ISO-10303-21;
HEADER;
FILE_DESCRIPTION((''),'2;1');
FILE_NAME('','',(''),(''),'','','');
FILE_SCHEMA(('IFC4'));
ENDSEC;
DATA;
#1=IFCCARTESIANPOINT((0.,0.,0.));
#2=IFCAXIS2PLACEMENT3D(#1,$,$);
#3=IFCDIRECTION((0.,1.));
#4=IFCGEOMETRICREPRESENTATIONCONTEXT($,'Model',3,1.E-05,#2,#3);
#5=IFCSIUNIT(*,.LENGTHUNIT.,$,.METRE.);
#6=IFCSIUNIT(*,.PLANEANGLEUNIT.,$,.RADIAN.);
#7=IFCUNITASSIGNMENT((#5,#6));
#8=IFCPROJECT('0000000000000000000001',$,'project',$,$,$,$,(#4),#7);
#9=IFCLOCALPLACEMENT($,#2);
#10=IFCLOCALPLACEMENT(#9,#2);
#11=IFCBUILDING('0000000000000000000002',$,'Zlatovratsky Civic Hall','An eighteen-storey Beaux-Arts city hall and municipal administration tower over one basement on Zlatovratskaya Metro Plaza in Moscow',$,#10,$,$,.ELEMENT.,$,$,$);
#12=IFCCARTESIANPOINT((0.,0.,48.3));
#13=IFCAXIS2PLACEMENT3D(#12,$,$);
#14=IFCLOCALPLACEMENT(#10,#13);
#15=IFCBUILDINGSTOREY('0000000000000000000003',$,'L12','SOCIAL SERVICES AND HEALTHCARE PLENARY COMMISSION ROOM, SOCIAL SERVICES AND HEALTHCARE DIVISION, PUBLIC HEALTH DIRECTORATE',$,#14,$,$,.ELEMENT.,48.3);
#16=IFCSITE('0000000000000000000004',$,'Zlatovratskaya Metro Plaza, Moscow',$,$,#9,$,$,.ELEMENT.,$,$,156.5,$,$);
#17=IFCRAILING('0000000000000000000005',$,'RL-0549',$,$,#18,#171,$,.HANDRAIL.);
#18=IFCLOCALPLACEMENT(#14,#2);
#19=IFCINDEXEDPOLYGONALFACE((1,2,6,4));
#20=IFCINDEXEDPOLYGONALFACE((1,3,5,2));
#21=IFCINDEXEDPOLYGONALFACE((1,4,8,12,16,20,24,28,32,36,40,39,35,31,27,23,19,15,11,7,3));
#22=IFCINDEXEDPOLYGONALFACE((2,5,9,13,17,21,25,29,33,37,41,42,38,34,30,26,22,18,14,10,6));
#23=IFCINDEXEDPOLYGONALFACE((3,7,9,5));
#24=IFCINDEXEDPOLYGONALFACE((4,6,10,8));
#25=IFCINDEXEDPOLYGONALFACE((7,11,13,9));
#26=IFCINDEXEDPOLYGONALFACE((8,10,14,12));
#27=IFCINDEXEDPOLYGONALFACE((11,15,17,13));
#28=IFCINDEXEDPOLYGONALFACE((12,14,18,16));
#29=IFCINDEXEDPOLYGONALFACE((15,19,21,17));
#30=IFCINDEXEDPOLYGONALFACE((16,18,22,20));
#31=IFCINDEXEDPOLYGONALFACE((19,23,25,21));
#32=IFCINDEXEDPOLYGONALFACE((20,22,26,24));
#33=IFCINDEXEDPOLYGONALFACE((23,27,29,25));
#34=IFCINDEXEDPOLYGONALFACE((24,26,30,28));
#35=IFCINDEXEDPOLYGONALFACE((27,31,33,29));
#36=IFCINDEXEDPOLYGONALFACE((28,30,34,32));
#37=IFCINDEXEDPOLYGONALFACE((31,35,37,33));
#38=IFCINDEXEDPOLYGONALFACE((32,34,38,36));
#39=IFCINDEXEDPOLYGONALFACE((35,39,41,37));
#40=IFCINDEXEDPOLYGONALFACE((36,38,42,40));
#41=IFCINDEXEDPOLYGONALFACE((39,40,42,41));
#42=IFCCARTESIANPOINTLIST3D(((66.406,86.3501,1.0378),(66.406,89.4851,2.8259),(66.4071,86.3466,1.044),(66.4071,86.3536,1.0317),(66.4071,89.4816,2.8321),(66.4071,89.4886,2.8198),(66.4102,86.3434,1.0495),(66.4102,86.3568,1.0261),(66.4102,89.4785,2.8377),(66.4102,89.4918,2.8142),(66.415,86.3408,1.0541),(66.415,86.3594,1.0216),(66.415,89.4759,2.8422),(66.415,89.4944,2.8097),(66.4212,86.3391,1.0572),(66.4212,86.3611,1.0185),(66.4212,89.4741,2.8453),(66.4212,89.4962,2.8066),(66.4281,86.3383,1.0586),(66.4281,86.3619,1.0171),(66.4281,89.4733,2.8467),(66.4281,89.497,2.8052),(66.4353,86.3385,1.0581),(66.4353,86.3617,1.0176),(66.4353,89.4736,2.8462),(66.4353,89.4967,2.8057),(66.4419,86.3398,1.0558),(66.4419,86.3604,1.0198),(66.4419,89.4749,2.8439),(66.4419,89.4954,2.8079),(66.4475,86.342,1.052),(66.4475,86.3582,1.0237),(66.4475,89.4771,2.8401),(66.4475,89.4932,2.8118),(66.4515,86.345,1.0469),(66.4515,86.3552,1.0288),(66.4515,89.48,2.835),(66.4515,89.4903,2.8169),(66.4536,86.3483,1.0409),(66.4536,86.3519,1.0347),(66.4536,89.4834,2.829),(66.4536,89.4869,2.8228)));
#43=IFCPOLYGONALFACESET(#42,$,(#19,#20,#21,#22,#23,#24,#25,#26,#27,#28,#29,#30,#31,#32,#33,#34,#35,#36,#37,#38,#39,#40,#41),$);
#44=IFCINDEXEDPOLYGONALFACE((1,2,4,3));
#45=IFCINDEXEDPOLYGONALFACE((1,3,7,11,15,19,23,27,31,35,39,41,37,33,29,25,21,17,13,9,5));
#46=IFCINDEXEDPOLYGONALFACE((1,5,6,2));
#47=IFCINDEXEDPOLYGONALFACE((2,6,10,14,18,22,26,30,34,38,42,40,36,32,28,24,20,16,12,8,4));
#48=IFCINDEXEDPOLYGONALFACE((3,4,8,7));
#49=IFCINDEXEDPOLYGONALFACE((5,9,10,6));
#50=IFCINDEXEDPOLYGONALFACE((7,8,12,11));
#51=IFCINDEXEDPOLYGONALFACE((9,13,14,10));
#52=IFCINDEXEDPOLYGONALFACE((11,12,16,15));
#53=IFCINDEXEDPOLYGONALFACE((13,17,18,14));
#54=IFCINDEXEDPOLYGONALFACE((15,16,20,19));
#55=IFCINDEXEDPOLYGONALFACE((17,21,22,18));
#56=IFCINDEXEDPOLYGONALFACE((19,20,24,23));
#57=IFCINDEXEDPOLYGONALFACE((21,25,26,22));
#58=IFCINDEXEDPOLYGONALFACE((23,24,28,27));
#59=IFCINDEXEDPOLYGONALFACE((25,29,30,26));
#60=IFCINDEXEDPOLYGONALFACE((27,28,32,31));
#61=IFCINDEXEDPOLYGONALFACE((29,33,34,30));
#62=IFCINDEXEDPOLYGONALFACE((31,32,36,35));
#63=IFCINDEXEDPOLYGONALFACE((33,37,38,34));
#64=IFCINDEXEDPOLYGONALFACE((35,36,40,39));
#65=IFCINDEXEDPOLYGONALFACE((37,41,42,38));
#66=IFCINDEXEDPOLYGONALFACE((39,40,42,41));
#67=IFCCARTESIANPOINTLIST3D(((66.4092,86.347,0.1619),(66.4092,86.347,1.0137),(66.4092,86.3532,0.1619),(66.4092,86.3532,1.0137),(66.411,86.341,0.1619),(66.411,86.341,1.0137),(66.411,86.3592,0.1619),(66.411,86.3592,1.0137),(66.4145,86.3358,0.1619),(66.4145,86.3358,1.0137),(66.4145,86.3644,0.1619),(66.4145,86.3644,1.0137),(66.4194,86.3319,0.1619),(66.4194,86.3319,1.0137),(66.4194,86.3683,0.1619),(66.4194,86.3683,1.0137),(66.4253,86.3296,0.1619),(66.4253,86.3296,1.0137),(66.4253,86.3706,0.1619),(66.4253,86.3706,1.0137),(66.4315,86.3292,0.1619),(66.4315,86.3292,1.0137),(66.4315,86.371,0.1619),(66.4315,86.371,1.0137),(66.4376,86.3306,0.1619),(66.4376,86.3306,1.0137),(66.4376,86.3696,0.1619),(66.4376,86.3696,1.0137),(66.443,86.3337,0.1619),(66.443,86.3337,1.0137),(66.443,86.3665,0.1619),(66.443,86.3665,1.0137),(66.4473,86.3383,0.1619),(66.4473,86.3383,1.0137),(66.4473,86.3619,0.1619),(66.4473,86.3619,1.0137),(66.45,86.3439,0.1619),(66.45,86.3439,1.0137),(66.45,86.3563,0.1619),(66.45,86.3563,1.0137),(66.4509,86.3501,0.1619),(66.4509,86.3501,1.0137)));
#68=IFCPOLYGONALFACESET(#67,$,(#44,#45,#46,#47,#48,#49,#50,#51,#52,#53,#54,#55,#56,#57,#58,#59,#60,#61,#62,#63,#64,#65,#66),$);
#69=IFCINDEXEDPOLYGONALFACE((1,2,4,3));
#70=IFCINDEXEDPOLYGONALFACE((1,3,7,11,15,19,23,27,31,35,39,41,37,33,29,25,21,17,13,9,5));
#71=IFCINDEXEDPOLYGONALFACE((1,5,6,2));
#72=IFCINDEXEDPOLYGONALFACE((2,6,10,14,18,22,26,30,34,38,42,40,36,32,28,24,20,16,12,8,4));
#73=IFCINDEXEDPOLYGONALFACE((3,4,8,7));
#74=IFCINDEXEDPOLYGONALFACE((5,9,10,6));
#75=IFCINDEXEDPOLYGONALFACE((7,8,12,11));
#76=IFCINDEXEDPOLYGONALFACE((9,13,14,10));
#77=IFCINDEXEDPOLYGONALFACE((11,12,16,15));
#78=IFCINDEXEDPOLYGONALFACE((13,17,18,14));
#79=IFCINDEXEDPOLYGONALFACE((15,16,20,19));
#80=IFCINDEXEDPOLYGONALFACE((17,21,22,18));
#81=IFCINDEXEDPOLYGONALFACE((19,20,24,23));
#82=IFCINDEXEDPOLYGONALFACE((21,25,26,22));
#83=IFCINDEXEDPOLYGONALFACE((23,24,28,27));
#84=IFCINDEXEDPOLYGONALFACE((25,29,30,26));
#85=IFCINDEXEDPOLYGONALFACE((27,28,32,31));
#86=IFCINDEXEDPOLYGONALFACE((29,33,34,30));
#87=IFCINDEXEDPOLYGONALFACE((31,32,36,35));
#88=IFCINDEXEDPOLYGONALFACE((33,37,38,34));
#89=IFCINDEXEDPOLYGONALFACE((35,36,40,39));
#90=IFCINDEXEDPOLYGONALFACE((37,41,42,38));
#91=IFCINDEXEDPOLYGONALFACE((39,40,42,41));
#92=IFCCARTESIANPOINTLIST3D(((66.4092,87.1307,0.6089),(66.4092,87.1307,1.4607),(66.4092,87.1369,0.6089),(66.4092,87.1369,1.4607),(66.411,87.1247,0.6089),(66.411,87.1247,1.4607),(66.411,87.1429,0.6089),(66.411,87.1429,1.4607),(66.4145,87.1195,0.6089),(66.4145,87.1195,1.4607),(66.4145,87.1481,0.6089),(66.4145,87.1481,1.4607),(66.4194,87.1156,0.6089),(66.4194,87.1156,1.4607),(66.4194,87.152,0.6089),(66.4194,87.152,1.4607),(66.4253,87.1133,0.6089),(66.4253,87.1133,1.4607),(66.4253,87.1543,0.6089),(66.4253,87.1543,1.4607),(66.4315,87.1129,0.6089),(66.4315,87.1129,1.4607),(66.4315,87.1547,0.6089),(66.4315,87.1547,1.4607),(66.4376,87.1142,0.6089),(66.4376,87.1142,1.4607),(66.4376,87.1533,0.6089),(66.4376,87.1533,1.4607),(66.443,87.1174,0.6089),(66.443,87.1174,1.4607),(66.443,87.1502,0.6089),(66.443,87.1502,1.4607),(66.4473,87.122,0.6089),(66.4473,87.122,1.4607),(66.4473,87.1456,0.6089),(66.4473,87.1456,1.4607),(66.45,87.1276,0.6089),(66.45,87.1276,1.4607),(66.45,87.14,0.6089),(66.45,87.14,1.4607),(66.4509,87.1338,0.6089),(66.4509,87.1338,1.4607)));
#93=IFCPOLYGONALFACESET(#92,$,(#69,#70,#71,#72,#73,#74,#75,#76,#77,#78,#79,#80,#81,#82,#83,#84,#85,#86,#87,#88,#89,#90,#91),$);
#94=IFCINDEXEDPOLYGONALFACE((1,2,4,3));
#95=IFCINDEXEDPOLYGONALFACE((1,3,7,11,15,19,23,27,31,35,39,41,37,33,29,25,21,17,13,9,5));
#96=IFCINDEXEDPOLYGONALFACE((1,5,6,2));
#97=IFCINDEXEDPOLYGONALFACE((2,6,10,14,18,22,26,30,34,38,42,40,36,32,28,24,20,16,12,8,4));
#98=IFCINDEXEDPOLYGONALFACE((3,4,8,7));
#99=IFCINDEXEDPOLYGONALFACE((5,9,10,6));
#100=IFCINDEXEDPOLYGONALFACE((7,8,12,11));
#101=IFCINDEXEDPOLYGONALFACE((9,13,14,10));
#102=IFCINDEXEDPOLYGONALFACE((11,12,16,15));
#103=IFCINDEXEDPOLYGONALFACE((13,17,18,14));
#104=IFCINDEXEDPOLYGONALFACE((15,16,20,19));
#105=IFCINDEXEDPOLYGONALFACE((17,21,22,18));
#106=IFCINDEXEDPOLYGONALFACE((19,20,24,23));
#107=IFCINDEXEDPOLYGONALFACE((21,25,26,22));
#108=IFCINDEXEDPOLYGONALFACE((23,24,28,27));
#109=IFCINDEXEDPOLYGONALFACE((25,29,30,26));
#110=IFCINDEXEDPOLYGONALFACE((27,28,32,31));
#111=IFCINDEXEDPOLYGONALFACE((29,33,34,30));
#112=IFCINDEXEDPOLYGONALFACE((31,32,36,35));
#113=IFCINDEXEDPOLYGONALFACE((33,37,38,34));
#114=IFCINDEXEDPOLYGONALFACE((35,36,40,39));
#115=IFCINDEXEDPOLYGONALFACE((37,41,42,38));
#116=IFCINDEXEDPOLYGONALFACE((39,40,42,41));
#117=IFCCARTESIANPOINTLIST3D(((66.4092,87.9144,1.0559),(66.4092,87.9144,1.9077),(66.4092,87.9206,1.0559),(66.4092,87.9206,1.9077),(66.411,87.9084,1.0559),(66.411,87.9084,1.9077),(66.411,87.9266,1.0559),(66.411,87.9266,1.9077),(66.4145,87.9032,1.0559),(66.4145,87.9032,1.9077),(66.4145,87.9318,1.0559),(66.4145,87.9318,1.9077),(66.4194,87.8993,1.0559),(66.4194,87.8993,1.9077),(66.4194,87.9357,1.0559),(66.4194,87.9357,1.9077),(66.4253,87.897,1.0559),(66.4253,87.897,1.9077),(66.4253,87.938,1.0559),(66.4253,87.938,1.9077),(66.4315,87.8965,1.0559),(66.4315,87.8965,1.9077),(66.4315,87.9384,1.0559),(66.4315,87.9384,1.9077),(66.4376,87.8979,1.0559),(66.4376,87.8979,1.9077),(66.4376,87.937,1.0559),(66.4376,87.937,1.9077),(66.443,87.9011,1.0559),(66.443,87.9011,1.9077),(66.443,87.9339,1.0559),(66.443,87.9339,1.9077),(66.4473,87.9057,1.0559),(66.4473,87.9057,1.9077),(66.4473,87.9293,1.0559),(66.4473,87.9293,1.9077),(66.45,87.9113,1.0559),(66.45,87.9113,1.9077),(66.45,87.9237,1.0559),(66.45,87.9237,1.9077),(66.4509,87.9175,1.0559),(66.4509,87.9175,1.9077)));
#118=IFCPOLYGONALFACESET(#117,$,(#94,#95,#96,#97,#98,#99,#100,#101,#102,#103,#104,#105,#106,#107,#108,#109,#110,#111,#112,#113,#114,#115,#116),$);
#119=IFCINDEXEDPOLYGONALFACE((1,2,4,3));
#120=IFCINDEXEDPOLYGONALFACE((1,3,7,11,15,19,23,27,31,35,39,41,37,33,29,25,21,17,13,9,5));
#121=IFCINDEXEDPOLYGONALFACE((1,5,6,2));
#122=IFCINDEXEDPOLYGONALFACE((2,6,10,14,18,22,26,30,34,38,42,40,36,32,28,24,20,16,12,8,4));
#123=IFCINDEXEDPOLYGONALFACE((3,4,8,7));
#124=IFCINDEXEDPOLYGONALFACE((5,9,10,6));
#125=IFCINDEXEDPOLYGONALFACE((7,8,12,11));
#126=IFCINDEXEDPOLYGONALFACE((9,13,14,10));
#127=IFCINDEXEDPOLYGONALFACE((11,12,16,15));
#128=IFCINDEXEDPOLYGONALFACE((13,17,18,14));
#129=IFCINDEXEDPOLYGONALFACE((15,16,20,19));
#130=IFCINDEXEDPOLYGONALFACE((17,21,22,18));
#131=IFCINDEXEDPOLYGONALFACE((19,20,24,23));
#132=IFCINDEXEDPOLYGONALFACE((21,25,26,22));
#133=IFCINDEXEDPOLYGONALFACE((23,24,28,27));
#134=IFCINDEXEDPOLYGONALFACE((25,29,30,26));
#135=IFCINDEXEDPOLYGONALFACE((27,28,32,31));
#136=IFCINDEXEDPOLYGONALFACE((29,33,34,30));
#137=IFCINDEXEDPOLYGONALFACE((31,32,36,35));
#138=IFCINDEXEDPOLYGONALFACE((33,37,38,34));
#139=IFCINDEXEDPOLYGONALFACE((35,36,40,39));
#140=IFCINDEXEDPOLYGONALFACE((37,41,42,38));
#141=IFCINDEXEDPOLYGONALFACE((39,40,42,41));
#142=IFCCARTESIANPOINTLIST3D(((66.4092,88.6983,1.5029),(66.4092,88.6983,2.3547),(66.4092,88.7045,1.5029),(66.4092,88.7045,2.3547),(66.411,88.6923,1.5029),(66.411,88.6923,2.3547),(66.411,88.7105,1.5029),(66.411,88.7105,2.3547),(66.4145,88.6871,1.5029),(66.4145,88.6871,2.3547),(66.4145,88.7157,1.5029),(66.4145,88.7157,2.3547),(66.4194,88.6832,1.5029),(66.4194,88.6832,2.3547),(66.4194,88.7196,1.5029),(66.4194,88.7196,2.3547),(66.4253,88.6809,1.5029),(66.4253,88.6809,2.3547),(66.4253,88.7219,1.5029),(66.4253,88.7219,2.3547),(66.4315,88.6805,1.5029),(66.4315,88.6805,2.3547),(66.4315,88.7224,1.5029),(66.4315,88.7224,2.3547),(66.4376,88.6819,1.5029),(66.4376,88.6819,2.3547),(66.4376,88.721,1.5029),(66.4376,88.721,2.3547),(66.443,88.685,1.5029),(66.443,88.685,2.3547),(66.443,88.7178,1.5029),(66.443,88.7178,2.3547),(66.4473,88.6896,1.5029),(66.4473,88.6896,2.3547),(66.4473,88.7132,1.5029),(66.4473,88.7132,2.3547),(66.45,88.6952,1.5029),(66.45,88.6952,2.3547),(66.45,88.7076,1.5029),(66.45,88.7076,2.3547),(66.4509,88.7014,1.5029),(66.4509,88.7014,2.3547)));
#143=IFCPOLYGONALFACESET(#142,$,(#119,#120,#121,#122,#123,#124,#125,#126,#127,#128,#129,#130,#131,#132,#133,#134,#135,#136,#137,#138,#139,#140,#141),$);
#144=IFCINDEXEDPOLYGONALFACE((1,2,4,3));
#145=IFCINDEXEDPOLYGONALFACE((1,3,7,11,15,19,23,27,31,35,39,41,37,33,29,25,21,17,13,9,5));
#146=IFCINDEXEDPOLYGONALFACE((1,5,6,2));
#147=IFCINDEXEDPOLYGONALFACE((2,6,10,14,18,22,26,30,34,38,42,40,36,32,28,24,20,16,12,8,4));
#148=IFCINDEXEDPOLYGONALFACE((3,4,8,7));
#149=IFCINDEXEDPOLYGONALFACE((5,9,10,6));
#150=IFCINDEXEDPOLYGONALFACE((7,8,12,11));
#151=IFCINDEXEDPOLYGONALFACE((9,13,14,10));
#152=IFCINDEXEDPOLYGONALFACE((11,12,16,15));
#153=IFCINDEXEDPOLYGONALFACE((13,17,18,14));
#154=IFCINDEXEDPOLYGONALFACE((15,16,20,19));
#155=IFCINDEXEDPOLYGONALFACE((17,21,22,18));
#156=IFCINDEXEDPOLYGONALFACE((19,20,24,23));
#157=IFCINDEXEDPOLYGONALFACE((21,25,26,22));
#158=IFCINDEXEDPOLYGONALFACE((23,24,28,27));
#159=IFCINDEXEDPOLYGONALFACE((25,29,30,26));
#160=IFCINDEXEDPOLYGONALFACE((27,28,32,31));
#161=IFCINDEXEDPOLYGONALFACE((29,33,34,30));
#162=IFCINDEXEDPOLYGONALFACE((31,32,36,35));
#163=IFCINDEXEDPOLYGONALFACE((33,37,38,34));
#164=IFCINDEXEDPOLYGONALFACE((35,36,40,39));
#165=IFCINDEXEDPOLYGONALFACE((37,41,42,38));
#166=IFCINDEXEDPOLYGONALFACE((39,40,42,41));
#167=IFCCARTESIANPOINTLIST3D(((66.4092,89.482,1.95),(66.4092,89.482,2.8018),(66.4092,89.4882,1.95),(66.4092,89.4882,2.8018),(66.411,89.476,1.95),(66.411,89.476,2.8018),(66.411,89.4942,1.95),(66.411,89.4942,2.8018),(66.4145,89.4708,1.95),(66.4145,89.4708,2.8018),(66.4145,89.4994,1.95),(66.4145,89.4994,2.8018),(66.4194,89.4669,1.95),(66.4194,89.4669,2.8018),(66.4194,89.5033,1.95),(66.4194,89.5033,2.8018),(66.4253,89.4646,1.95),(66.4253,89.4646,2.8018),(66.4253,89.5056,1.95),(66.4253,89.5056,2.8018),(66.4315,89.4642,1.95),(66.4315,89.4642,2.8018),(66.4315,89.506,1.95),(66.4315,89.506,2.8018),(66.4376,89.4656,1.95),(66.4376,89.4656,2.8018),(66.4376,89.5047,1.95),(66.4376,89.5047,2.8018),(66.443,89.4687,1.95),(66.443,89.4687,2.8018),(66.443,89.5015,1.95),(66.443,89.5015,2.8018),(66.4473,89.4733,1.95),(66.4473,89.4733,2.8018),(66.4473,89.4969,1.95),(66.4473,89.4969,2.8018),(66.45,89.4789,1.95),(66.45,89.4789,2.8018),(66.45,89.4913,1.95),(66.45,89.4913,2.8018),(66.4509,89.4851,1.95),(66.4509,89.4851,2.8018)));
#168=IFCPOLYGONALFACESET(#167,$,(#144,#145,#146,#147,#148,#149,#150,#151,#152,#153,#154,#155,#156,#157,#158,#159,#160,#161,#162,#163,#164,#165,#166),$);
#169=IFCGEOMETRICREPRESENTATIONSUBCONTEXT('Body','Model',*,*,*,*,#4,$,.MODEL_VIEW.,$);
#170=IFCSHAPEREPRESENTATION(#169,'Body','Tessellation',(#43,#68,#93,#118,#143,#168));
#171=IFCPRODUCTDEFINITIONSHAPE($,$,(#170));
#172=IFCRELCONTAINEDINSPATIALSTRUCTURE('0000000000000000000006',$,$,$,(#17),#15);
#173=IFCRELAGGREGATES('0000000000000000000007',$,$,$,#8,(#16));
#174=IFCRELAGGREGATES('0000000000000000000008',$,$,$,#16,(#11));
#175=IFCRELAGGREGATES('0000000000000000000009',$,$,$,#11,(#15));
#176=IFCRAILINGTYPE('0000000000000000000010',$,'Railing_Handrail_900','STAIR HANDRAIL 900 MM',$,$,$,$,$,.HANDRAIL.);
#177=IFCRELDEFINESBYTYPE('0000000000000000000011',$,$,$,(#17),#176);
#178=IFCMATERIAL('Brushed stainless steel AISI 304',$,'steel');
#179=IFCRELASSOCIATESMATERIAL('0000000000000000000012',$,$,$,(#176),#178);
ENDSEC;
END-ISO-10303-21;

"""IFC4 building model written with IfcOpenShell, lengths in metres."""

from ifc_helpers import new_model, si_unit, direction, frame, origin, origin_2d, place, context, subcontext, project, spatial, circle, extrude, material, type_object, element, save


model = new_model("IFC4")

# Units and contexts
model_context = context("Model", 3, precision=1e-05, world=origin(), true_north=direction((0.0, 1.0)))
body_context = subcontext(model_context, "Body", "Model", "MODEL_VIEW")
ifc_project = project(units=[si_unit("LENGTHUNIT", "METRE"), si_unit("PLANEANGLEUNIT", "RADIAN")], contexts=[model_context])

# Site, building, storey
site_placement = place(None, origin())
site = spatial("IfcSite", under=ifc_project, at=site_placement, Name="Zlatovratskaya Metro Plaza, Moscow", CompositionType="ELEMENT", RefElevation=156.5)
building_placement = place(site_placement, origin())
building = spatial("IfcBuilding", under=site, at=building_placement, Name="Zlatovratsky Civic Hall", Description="An eighteen-storey Beaux-Arts city hall and municipal administration tower over one basement on Zlatovratskaya Metro Plaza in Moscow", CompositionType="ELEMENT")
storey_placement = place(building_placement, frame((0.0, 0.0, 48.3)))
storey = spatial("IfcBuildingStorey", under=building, at=storey_placement, Name="L12", Description="SOCIAL SERVICES AND HEALTHCARE PLENARY COMMISSION ROOM, SOCIAL SERVICES AND HEALTHCARE DIVISION, PUBLIC HEALTH DIRECTORATE", CompositionType="ELEMENT", Elevation=48.3)

# Railing
ifc_material_1 = material(Name="Brushed stainless steel AISI 304", Category="steel")
railing_type_1 = type_object("IfcRailingType", Name="Railing_Handrail_900", Description="STAIR HANDRAIL 900 MM", PredefinedType="HANDRAIL", material=ifc_material_1)
railing_1_placement = place(storey_placement, frame((66.4299, 86.3501, 0.1619)))
element("IfcRailing", 1, at=railing_1_placement, inside=storey, type_object=railing_type_1, Name="RL-0549", PredefinedType="HANDRAIL", context=body_context, shape_type="SweptSolid", body=[
    extrude(circle(Radius=0.0239, at=origin_2d()), frame((0.0, 0.0, 0.876), z_axis=(0.0, 0.868642, 0.495439), x_axis=(-1.0, 0.0, 0.0)), (0.0, 0.0, 1.0), 3.6091),
    extrude(circle(Radius=0.021, at=origin_2d()), origin(), (0.0, 0.0, 1.0), 0.8518),
    extrude(circle(Radius=0.021, at=origin_2d()), frame((0.0, 0.7837, 0.447)), (0.0, 0.0, 1.0), 0.8518),
    extrude(circle(Radius=0.021, at=origin_2d()), frame((0.0, 1.5674, 0.894)), (0.0, 0.0, 1.0), 0.8518),
    extrude(circle(Radius=0.021, at=origin_2d()), frame((0.0, 2.3513, 1.3411)), (0.0, 0.0, 1.0), 0.8518),
    extrude(circle(Radius=0.021, at=origin_2d()), frame((0.0, 3.135, 1.7881)), (0.0, 0.0, 1.0), 0.8518),
])

save(model, "model.ifc")
